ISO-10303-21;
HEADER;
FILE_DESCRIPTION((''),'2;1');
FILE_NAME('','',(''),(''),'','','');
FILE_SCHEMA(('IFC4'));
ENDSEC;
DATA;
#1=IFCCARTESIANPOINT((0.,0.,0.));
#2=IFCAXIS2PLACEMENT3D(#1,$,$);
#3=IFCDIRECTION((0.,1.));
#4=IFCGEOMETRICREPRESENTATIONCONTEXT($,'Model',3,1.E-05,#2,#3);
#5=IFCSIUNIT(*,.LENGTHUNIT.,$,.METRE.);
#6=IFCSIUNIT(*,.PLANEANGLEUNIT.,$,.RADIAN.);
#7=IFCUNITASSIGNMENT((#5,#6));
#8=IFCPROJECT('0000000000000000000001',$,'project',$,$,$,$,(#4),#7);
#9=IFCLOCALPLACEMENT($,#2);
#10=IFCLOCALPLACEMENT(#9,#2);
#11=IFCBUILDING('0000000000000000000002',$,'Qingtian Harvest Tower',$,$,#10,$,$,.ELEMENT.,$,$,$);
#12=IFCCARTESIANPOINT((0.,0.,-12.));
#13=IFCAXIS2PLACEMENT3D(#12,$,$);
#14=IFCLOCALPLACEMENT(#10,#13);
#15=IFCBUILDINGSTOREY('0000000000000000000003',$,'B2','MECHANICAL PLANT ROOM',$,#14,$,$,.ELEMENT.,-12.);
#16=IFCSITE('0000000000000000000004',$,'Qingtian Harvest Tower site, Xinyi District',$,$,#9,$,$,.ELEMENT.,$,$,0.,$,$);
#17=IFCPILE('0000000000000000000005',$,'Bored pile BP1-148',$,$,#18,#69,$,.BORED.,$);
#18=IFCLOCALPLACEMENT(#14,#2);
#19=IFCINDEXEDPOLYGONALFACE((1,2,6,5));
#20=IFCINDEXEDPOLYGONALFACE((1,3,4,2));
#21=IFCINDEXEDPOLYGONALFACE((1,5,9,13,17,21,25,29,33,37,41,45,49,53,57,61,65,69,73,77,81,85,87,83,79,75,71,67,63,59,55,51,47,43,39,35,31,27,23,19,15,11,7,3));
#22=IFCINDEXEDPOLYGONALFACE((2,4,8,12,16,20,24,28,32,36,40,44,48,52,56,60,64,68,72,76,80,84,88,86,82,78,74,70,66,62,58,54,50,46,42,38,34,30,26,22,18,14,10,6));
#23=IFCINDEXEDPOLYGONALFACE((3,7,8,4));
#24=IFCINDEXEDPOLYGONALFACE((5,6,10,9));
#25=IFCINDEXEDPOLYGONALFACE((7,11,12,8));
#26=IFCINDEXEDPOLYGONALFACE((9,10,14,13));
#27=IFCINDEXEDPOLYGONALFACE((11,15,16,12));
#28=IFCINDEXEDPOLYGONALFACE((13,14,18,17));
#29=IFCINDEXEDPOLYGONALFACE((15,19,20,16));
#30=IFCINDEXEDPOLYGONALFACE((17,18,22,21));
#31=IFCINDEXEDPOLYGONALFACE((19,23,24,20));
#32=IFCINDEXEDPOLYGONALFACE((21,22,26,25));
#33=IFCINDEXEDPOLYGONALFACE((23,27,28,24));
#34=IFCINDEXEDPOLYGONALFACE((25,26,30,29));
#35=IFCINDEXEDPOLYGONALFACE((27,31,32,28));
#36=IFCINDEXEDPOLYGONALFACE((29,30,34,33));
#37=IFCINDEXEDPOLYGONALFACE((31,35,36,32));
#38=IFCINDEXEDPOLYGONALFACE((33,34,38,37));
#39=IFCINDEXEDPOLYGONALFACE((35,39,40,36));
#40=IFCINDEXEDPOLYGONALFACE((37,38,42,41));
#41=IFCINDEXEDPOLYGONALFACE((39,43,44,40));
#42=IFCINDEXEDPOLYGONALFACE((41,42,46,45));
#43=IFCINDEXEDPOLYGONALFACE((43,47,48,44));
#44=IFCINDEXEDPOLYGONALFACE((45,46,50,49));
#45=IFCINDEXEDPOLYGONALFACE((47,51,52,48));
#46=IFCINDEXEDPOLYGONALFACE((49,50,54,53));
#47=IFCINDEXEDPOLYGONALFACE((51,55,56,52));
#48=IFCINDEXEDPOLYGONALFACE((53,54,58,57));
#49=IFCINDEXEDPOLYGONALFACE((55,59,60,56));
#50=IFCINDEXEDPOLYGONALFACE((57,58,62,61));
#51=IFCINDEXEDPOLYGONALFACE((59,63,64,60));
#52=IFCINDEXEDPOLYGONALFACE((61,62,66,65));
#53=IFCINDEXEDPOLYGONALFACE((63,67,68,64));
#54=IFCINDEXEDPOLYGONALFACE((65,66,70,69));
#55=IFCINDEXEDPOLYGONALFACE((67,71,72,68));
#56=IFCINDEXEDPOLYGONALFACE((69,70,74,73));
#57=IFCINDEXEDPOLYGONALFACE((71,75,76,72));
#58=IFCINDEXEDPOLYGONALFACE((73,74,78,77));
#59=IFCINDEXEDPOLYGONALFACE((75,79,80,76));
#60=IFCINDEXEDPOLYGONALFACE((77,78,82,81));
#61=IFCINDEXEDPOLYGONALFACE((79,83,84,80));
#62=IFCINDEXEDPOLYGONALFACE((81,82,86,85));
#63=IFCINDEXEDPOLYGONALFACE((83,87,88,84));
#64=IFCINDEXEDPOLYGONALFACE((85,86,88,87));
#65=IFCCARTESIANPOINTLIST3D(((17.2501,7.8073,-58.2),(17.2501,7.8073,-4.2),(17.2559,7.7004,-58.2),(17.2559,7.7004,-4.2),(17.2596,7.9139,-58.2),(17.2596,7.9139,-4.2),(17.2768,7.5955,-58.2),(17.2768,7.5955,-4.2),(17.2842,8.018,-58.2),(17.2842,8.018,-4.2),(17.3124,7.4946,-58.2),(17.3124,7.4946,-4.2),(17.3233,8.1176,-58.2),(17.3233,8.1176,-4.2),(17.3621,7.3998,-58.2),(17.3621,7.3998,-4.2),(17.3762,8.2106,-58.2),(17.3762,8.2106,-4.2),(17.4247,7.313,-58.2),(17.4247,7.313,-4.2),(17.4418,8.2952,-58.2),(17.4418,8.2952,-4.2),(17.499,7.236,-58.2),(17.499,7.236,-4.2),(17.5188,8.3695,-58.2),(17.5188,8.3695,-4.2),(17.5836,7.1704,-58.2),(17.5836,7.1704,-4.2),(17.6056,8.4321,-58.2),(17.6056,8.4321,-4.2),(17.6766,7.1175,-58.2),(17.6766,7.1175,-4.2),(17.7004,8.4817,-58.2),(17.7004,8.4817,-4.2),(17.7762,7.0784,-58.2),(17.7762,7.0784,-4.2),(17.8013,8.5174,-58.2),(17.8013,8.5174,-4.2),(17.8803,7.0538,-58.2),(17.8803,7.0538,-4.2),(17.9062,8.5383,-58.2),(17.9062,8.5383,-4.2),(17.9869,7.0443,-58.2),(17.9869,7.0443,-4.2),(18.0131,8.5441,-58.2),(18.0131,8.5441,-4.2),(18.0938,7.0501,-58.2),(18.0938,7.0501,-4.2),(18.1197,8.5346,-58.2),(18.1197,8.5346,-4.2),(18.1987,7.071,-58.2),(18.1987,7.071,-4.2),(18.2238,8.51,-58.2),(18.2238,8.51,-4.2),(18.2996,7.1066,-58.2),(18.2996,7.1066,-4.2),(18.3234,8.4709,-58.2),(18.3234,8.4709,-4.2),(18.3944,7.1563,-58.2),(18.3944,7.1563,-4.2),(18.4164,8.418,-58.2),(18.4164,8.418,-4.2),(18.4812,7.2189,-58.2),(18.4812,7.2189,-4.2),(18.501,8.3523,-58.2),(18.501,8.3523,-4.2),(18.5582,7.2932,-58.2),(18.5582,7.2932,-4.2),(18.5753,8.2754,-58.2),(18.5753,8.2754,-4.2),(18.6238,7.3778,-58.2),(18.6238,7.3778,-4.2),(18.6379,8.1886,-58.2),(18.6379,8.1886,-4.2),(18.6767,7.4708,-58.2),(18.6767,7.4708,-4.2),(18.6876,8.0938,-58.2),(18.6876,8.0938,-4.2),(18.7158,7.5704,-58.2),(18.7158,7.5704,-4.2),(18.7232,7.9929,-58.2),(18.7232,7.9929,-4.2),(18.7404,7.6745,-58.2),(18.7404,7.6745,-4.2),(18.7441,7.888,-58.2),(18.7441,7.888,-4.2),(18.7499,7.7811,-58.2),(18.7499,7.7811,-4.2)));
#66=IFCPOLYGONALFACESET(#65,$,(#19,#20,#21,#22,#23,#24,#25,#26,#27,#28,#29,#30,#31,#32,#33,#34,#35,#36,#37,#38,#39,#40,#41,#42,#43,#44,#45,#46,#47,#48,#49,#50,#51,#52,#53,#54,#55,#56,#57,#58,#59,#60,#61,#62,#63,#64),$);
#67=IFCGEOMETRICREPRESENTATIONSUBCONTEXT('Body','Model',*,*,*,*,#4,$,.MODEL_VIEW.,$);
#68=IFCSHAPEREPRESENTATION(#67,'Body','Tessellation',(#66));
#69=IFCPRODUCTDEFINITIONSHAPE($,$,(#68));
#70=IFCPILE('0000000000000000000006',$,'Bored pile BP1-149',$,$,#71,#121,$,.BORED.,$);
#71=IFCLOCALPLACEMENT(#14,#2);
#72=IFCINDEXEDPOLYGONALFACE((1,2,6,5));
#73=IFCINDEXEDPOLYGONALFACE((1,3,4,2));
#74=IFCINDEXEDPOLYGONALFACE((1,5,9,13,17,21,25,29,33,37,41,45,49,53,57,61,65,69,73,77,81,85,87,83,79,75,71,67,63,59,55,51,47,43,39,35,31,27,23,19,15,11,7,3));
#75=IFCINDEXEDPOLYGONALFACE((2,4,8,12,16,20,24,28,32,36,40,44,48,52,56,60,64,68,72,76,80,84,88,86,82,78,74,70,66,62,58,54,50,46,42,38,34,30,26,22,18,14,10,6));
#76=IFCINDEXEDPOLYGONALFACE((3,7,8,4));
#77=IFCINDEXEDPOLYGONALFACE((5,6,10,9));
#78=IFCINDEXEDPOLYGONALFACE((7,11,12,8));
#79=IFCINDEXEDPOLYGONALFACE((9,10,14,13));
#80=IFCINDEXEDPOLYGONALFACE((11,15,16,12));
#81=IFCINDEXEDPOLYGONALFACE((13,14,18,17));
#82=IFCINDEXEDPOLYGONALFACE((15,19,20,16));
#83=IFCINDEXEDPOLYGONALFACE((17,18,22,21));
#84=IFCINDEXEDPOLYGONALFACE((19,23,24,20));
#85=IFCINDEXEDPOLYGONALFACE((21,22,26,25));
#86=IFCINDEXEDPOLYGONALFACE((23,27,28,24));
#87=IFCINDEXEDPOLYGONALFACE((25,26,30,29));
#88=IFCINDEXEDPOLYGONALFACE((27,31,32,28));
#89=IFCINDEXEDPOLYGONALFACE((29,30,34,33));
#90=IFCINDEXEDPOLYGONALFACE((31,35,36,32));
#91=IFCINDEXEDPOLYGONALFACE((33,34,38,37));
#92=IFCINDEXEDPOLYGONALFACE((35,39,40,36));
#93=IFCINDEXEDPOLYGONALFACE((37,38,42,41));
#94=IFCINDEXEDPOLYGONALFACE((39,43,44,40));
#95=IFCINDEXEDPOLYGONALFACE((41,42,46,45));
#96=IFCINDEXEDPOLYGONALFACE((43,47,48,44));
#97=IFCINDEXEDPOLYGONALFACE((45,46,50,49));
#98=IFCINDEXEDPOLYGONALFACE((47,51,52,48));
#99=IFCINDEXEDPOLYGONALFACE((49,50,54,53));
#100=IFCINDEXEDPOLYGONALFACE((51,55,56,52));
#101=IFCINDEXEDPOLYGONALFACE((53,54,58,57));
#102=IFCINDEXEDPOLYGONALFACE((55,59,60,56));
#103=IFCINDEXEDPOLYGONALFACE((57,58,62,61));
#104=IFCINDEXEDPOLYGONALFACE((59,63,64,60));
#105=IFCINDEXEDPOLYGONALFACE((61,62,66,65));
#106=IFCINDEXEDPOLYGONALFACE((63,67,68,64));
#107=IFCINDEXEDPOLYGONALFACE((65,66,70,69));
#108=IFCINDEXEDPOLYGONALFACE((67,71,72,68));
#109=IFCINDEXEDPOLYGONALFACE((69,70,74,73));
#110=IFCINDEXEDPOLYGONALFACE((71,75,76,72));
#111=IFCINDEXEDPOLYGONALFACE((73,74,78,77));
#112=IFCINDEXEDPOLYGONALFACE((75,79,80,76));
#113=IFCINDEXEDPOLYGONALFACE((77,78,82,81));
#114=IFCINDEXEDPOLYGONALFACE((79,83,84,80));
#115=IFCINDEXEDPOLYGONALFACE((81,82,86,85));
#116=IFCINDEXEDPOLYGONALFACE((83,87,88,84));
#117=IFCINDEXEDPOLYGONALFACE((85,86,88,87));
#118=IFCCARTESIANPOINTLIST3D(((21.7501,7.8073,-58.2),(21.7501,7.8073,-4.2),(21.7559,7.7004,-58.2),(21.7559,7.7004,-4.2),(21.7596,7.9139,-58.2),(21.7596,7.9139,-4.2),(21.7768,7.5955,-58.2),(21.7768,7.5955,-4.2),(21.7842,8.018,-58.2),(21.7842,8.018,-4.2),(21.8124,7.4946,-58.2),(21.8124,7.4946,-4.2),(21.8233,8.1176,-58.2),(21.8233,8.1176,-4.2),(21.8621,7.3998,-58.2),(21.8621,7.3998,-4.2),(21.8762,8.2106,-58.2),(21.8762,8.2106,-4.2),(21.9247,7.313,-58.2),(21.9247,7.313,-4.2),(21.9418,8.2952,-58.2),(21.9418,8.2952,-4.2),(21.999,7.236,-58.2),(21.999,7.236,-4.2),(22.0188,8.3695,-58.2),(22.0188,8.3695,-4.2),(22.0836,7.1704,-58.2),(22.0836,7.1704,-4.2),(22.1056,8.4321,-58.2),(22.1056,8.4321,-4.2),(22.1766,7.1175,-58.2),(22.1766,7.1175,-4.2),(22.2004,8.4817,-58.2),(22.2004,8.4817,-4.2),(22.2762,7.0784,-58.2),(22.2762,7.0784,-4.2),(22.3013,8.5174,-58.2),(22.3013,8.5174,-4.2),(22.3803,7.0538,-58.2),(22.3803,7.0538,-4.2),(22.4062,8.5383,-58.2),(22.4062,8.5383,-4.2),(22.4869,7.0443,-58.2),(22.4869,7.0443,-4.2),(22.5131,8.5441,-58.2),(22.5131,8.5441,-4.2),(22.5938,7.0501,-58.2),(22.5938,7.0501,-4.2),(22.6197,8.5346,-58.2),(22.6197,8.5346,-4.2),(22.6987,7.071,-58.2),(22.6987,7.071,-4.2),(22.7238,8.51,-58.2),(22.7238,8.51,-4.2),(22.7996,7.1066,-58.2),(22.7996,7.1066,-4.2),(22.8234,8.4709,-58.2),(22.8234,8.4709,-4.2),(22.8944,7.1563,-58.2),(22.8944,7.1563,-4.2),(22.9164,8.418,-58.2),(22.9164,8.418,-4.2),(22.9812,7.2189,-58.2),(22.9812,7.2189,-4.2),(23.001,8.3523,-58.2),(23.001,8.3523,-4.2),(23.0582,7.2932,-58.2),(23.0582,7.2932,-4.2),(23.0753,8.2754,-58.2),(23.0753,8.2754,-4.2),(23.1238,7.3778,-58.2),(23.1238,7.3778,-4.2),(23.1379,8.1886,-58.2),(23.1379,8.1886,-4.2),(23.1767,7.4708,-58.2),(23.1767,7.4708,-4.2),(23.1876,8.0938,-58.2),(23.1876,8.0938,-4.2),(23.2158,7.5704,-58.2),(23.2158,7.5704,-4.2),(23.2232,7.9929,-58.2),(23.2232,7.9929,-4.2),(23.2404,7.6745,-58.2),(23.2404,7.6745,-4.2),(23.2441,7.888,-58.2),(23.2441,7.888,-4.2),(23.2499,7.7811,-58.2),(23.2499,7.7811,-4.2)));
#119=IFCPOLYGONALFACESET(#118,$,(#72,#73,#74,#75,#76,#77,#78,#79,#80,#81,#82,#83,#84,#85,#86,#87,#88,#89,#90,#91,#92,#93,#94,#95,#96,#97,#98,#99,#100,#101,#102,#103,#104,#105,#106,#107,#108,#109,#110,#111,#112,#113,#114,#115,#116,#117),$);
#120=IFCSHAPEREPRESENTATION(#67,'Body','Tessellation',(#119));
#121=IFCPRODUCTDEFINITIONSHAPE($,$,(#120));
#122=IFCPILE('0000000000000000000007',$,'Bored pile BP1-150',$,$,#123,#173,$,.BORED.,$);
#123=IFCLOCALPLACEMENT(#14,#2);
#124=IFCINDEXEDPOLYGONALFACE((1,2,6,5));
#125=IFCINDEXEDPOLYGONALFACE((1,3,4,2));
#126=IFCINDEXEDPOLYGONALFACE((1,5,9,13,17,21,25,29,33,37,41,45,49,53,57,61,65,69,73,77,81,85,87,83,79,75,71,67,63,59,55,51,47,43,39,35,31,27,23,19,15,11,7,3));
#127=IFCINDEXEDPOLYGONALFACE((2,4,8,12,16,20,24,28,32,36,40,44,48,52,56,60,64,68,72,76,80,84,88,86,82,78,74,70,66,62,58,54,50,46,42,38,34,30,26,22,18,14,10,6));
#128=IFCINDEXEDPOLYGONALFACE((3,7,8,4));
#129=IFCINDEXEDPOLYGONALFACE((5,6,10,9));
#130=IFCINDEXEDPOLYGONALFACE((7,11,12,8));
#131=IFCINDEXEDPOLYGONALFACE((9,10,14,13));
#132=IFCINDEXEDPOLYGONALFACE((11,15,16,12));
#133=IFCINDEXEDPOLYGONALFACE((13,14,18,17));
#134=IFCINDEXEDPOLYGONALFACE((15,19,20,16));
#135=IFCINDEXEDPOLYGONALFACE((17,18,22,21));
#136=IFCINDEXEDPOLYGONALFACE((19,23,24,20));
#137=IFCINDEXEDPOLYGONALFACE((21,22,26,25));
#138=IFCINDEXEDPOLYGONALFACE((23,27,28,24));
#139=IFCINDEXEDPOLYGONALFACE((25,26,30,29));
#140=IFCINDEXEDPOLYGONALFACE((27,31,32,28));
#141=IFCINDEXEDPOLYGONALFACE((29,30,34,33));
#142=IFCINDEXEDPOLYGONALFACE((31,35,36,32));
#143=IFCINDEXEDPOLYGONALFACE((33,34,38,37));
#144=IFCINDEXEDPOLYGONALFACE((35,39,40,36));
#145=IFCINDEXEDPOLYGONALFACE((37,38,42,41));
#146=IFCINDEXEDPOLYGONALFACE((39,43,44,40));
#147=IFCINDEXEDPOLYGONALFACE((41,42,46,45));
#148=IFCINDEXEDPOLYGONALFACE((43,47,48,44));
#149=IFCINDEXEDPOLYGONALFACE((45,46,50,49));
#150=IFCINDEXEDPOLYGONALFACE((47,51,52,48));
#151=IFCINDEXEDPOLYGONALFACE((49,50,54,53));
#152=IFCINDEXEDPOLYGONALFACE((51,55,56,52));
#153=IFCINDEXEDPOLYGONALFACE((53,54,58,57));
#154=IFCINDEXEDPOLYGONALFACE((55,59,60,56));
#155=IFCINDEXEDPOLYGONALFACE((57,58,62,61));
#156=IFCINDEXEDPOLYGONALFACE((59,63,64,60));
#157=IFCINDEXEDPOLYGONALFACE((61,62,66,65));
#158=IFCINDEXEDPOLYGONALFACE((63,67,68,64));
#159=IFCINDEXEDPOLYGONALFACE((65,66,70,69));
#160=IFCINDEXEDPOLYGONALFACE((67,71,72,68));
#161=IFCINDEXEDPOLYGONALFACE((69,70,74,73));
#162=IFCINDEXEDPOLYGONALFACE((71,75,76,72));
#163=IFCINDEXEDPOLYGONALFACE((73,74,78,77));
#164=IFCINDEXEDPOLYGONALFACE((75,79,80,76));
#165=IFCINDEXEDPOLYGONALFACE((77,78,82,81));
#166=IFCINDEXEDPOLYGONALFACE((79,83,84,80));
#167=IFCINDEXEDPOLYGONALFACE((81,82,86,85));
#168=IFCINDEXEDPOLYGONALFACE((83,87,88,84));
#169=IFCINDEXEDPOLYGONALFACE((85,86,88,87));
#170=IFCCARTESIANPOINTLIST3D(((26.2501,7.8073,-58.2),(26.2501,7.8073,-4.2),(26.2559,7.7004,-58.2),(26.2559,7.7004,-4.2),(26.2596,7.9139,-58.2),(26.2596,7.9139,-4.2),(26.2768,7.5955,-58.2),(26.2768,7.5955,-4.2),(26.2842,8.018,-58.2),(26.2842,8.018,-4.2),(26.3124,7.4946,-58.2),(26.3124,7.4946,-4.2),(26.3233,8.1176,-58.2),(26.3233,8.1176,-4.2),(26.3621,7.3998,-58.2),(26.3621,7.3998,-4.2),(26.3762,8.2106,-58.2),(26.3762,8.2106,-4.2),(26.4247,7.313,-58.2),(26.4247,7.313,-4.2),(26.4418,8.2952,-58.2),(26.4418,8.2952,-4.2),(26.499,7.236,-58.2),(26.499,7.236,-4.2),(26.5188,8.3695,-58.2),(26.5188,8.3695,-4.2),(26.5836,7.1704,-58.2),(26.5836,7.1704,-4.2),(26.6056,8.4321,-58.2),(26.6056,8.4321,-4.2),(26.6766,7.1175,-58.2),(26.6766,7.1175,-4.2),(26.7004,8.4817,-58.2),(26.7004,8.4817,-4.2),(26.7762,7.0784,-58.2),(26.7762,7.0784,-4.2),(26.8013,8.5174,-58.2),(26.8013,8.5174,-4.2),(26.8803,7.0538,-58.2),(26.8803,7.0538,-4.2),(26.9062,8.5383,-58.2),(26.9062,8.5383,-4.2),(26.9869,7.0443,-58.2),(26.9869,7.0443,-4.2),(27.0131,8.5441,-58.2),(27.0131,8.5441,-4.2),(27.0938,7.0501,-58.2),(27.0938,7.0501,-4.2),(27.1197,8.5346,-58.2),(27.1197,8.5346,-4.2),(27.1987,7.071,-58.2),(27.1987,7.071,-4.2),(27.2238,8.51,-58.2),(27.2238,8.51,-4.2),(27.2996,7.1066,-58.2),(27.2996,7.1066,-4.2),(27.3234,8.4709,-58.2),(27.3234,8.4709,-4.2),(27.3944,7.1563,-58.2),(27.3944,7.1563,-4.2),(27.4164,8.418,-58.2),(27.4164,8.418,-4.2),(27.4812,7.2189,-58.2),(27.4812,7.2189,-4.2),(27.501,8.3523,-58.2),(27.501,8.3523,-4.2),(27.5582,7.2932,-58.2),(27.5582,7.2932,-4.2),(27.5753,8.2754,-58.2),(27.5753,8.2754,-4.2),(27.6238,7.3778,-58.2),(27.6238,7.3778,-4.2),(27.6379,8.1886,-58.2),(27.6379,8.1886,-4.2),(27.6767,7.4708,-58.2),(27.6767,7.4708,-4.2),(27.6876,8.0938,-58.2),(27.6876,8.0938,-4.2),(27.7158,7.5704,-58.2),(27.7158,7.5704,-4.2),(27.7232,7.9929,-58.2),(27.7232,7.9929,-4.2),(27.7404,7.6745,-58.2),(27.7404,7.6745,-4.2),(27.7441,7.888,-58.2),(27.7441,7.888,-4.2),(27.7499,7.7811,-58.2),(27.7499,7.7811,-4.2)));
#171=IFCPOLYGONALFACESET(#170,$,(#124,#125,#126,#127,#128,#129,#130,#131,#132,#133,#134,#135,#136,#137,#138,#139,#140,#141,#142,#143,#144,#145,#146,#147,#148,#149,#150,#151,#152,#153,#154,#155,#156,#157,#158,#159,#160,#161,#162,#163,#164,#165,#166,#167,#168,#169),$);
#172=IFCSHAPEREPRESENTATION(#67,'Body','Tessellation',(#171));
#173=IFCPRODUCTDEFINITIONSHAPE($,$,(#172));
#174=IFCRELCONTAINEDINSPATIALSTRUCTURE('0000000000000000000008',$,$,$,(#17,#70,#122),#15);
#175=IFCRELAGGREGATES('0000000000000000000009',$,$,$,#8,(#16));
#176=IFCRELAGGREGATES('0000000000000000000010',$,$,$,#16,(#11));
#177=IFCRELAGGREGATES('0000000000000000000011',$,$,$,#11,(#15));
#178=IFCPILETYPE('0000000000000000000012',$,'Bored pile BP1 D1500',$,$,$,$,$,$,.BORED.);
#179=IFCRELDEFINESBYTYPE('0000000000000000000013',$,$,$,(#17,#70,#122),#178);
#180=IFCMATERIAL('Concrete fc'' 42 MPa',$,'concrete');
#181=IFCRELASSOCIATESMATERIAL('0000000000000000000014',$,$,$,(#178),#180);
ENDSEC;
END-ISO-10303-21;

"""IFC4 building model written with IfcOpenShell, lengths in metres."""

from ifc_helpers import new_model, si_unit, direction, frame, frame_2d, origin, place, context, subcontext, project, spatial, circle, extrude, material, material_profile, profile_set, type_object, element, save


model = new_model("IFC4")

# Units and contexts
model_context = context("Model", 3, precision=1e-05, world=origin(), true_north=direction((0.0, 1.0)))
body_context = subcontext(model_context, "Body", "Model", "MODEL_VIEW")
ifc_project = project(units=[si_unit("LENGTHUNIT", "METRE"), si_unit("PLANEANGLEUNIT", "RADIAN")], contexts=[model_context])

# Site, building, storey
site_placement = place(None, origin())
site = spatial("IfcSite", under=ifc_project, at=site_placement, Name="Qingtian Harvest Tower site, Xinyi District", CompositionType="ELEMENT", RefElevation=0.0)
building_placement = place(site_placement, origin())
building = spatial("IfcBuilding", under=site, at=building_placement, Name="Qingtian Harvest Tower", CompositionType="ELEMENT")
storey_placement = place(building_placement, frame((0.0, 0.0, -12.0)))
storey = spatial("IfcBuildingStorey", under=building, at=storey_placement, Name="B2", Description="MECHANICAL PLANT ROOM", CompositionType="ELEMENT", Elevation=-12.0)

# Piles
ifc_material_1 = material(Name="Concrete fc' 42 MPa", Category="concrete")
ifc_material_profile_1 = material_profile(ifc_material_1, circle(Radius=0.75, at=frame_2d((0.0, 0.0), x_axis=(0.999848, 0.017452))), Name="Bored pile BP1 D1500")
ifc_profile_set_1 = profile_set([ifc_material_profile_1], Name="Concrete fc' 42 MPa")
pile_type = type_object("IfcPileType", Name="Bored pile BP1 D1500", PredefinedType="BORED", material=ifc_profile_set_1)
for number, where, z_axis, x_axis, name in (
    (1, (18.0, 7.7942, -4.2), (0.0, 0.0, -1.0), (1.0, 0.0, 0.0), "Bored pile BP1-148"),
    (2, (22.5, 7.7942, -4.2), (0.0, 0.0, -1.0), (1.0, 0.0, 0.0), "Bored pile BP1-149"),
    (3, (27.0, 7.7942, -4.2), (0.0, 0.0, -1.0), (1.0, 0.0, 0.0), "Bored pile BP1-150"),
):
    element("IfcPile", number, at=place(storey_placement, frame(where, z_axis=z_axis, x_axis=x_axis)), inside=storey, type_object=pile_type, Name=name, PredefinedType="BORED", context=body_context, shape_type="SweptSolid", body=[
        extrude(circle(Radius=0.75, at=frame_2d((0.0, 0.0), x_axis=(0.999848, 0.017452))), origin(), (0.0, 0.0, 1.0), 54.0),
    ])

save(model, "model.ifc")
